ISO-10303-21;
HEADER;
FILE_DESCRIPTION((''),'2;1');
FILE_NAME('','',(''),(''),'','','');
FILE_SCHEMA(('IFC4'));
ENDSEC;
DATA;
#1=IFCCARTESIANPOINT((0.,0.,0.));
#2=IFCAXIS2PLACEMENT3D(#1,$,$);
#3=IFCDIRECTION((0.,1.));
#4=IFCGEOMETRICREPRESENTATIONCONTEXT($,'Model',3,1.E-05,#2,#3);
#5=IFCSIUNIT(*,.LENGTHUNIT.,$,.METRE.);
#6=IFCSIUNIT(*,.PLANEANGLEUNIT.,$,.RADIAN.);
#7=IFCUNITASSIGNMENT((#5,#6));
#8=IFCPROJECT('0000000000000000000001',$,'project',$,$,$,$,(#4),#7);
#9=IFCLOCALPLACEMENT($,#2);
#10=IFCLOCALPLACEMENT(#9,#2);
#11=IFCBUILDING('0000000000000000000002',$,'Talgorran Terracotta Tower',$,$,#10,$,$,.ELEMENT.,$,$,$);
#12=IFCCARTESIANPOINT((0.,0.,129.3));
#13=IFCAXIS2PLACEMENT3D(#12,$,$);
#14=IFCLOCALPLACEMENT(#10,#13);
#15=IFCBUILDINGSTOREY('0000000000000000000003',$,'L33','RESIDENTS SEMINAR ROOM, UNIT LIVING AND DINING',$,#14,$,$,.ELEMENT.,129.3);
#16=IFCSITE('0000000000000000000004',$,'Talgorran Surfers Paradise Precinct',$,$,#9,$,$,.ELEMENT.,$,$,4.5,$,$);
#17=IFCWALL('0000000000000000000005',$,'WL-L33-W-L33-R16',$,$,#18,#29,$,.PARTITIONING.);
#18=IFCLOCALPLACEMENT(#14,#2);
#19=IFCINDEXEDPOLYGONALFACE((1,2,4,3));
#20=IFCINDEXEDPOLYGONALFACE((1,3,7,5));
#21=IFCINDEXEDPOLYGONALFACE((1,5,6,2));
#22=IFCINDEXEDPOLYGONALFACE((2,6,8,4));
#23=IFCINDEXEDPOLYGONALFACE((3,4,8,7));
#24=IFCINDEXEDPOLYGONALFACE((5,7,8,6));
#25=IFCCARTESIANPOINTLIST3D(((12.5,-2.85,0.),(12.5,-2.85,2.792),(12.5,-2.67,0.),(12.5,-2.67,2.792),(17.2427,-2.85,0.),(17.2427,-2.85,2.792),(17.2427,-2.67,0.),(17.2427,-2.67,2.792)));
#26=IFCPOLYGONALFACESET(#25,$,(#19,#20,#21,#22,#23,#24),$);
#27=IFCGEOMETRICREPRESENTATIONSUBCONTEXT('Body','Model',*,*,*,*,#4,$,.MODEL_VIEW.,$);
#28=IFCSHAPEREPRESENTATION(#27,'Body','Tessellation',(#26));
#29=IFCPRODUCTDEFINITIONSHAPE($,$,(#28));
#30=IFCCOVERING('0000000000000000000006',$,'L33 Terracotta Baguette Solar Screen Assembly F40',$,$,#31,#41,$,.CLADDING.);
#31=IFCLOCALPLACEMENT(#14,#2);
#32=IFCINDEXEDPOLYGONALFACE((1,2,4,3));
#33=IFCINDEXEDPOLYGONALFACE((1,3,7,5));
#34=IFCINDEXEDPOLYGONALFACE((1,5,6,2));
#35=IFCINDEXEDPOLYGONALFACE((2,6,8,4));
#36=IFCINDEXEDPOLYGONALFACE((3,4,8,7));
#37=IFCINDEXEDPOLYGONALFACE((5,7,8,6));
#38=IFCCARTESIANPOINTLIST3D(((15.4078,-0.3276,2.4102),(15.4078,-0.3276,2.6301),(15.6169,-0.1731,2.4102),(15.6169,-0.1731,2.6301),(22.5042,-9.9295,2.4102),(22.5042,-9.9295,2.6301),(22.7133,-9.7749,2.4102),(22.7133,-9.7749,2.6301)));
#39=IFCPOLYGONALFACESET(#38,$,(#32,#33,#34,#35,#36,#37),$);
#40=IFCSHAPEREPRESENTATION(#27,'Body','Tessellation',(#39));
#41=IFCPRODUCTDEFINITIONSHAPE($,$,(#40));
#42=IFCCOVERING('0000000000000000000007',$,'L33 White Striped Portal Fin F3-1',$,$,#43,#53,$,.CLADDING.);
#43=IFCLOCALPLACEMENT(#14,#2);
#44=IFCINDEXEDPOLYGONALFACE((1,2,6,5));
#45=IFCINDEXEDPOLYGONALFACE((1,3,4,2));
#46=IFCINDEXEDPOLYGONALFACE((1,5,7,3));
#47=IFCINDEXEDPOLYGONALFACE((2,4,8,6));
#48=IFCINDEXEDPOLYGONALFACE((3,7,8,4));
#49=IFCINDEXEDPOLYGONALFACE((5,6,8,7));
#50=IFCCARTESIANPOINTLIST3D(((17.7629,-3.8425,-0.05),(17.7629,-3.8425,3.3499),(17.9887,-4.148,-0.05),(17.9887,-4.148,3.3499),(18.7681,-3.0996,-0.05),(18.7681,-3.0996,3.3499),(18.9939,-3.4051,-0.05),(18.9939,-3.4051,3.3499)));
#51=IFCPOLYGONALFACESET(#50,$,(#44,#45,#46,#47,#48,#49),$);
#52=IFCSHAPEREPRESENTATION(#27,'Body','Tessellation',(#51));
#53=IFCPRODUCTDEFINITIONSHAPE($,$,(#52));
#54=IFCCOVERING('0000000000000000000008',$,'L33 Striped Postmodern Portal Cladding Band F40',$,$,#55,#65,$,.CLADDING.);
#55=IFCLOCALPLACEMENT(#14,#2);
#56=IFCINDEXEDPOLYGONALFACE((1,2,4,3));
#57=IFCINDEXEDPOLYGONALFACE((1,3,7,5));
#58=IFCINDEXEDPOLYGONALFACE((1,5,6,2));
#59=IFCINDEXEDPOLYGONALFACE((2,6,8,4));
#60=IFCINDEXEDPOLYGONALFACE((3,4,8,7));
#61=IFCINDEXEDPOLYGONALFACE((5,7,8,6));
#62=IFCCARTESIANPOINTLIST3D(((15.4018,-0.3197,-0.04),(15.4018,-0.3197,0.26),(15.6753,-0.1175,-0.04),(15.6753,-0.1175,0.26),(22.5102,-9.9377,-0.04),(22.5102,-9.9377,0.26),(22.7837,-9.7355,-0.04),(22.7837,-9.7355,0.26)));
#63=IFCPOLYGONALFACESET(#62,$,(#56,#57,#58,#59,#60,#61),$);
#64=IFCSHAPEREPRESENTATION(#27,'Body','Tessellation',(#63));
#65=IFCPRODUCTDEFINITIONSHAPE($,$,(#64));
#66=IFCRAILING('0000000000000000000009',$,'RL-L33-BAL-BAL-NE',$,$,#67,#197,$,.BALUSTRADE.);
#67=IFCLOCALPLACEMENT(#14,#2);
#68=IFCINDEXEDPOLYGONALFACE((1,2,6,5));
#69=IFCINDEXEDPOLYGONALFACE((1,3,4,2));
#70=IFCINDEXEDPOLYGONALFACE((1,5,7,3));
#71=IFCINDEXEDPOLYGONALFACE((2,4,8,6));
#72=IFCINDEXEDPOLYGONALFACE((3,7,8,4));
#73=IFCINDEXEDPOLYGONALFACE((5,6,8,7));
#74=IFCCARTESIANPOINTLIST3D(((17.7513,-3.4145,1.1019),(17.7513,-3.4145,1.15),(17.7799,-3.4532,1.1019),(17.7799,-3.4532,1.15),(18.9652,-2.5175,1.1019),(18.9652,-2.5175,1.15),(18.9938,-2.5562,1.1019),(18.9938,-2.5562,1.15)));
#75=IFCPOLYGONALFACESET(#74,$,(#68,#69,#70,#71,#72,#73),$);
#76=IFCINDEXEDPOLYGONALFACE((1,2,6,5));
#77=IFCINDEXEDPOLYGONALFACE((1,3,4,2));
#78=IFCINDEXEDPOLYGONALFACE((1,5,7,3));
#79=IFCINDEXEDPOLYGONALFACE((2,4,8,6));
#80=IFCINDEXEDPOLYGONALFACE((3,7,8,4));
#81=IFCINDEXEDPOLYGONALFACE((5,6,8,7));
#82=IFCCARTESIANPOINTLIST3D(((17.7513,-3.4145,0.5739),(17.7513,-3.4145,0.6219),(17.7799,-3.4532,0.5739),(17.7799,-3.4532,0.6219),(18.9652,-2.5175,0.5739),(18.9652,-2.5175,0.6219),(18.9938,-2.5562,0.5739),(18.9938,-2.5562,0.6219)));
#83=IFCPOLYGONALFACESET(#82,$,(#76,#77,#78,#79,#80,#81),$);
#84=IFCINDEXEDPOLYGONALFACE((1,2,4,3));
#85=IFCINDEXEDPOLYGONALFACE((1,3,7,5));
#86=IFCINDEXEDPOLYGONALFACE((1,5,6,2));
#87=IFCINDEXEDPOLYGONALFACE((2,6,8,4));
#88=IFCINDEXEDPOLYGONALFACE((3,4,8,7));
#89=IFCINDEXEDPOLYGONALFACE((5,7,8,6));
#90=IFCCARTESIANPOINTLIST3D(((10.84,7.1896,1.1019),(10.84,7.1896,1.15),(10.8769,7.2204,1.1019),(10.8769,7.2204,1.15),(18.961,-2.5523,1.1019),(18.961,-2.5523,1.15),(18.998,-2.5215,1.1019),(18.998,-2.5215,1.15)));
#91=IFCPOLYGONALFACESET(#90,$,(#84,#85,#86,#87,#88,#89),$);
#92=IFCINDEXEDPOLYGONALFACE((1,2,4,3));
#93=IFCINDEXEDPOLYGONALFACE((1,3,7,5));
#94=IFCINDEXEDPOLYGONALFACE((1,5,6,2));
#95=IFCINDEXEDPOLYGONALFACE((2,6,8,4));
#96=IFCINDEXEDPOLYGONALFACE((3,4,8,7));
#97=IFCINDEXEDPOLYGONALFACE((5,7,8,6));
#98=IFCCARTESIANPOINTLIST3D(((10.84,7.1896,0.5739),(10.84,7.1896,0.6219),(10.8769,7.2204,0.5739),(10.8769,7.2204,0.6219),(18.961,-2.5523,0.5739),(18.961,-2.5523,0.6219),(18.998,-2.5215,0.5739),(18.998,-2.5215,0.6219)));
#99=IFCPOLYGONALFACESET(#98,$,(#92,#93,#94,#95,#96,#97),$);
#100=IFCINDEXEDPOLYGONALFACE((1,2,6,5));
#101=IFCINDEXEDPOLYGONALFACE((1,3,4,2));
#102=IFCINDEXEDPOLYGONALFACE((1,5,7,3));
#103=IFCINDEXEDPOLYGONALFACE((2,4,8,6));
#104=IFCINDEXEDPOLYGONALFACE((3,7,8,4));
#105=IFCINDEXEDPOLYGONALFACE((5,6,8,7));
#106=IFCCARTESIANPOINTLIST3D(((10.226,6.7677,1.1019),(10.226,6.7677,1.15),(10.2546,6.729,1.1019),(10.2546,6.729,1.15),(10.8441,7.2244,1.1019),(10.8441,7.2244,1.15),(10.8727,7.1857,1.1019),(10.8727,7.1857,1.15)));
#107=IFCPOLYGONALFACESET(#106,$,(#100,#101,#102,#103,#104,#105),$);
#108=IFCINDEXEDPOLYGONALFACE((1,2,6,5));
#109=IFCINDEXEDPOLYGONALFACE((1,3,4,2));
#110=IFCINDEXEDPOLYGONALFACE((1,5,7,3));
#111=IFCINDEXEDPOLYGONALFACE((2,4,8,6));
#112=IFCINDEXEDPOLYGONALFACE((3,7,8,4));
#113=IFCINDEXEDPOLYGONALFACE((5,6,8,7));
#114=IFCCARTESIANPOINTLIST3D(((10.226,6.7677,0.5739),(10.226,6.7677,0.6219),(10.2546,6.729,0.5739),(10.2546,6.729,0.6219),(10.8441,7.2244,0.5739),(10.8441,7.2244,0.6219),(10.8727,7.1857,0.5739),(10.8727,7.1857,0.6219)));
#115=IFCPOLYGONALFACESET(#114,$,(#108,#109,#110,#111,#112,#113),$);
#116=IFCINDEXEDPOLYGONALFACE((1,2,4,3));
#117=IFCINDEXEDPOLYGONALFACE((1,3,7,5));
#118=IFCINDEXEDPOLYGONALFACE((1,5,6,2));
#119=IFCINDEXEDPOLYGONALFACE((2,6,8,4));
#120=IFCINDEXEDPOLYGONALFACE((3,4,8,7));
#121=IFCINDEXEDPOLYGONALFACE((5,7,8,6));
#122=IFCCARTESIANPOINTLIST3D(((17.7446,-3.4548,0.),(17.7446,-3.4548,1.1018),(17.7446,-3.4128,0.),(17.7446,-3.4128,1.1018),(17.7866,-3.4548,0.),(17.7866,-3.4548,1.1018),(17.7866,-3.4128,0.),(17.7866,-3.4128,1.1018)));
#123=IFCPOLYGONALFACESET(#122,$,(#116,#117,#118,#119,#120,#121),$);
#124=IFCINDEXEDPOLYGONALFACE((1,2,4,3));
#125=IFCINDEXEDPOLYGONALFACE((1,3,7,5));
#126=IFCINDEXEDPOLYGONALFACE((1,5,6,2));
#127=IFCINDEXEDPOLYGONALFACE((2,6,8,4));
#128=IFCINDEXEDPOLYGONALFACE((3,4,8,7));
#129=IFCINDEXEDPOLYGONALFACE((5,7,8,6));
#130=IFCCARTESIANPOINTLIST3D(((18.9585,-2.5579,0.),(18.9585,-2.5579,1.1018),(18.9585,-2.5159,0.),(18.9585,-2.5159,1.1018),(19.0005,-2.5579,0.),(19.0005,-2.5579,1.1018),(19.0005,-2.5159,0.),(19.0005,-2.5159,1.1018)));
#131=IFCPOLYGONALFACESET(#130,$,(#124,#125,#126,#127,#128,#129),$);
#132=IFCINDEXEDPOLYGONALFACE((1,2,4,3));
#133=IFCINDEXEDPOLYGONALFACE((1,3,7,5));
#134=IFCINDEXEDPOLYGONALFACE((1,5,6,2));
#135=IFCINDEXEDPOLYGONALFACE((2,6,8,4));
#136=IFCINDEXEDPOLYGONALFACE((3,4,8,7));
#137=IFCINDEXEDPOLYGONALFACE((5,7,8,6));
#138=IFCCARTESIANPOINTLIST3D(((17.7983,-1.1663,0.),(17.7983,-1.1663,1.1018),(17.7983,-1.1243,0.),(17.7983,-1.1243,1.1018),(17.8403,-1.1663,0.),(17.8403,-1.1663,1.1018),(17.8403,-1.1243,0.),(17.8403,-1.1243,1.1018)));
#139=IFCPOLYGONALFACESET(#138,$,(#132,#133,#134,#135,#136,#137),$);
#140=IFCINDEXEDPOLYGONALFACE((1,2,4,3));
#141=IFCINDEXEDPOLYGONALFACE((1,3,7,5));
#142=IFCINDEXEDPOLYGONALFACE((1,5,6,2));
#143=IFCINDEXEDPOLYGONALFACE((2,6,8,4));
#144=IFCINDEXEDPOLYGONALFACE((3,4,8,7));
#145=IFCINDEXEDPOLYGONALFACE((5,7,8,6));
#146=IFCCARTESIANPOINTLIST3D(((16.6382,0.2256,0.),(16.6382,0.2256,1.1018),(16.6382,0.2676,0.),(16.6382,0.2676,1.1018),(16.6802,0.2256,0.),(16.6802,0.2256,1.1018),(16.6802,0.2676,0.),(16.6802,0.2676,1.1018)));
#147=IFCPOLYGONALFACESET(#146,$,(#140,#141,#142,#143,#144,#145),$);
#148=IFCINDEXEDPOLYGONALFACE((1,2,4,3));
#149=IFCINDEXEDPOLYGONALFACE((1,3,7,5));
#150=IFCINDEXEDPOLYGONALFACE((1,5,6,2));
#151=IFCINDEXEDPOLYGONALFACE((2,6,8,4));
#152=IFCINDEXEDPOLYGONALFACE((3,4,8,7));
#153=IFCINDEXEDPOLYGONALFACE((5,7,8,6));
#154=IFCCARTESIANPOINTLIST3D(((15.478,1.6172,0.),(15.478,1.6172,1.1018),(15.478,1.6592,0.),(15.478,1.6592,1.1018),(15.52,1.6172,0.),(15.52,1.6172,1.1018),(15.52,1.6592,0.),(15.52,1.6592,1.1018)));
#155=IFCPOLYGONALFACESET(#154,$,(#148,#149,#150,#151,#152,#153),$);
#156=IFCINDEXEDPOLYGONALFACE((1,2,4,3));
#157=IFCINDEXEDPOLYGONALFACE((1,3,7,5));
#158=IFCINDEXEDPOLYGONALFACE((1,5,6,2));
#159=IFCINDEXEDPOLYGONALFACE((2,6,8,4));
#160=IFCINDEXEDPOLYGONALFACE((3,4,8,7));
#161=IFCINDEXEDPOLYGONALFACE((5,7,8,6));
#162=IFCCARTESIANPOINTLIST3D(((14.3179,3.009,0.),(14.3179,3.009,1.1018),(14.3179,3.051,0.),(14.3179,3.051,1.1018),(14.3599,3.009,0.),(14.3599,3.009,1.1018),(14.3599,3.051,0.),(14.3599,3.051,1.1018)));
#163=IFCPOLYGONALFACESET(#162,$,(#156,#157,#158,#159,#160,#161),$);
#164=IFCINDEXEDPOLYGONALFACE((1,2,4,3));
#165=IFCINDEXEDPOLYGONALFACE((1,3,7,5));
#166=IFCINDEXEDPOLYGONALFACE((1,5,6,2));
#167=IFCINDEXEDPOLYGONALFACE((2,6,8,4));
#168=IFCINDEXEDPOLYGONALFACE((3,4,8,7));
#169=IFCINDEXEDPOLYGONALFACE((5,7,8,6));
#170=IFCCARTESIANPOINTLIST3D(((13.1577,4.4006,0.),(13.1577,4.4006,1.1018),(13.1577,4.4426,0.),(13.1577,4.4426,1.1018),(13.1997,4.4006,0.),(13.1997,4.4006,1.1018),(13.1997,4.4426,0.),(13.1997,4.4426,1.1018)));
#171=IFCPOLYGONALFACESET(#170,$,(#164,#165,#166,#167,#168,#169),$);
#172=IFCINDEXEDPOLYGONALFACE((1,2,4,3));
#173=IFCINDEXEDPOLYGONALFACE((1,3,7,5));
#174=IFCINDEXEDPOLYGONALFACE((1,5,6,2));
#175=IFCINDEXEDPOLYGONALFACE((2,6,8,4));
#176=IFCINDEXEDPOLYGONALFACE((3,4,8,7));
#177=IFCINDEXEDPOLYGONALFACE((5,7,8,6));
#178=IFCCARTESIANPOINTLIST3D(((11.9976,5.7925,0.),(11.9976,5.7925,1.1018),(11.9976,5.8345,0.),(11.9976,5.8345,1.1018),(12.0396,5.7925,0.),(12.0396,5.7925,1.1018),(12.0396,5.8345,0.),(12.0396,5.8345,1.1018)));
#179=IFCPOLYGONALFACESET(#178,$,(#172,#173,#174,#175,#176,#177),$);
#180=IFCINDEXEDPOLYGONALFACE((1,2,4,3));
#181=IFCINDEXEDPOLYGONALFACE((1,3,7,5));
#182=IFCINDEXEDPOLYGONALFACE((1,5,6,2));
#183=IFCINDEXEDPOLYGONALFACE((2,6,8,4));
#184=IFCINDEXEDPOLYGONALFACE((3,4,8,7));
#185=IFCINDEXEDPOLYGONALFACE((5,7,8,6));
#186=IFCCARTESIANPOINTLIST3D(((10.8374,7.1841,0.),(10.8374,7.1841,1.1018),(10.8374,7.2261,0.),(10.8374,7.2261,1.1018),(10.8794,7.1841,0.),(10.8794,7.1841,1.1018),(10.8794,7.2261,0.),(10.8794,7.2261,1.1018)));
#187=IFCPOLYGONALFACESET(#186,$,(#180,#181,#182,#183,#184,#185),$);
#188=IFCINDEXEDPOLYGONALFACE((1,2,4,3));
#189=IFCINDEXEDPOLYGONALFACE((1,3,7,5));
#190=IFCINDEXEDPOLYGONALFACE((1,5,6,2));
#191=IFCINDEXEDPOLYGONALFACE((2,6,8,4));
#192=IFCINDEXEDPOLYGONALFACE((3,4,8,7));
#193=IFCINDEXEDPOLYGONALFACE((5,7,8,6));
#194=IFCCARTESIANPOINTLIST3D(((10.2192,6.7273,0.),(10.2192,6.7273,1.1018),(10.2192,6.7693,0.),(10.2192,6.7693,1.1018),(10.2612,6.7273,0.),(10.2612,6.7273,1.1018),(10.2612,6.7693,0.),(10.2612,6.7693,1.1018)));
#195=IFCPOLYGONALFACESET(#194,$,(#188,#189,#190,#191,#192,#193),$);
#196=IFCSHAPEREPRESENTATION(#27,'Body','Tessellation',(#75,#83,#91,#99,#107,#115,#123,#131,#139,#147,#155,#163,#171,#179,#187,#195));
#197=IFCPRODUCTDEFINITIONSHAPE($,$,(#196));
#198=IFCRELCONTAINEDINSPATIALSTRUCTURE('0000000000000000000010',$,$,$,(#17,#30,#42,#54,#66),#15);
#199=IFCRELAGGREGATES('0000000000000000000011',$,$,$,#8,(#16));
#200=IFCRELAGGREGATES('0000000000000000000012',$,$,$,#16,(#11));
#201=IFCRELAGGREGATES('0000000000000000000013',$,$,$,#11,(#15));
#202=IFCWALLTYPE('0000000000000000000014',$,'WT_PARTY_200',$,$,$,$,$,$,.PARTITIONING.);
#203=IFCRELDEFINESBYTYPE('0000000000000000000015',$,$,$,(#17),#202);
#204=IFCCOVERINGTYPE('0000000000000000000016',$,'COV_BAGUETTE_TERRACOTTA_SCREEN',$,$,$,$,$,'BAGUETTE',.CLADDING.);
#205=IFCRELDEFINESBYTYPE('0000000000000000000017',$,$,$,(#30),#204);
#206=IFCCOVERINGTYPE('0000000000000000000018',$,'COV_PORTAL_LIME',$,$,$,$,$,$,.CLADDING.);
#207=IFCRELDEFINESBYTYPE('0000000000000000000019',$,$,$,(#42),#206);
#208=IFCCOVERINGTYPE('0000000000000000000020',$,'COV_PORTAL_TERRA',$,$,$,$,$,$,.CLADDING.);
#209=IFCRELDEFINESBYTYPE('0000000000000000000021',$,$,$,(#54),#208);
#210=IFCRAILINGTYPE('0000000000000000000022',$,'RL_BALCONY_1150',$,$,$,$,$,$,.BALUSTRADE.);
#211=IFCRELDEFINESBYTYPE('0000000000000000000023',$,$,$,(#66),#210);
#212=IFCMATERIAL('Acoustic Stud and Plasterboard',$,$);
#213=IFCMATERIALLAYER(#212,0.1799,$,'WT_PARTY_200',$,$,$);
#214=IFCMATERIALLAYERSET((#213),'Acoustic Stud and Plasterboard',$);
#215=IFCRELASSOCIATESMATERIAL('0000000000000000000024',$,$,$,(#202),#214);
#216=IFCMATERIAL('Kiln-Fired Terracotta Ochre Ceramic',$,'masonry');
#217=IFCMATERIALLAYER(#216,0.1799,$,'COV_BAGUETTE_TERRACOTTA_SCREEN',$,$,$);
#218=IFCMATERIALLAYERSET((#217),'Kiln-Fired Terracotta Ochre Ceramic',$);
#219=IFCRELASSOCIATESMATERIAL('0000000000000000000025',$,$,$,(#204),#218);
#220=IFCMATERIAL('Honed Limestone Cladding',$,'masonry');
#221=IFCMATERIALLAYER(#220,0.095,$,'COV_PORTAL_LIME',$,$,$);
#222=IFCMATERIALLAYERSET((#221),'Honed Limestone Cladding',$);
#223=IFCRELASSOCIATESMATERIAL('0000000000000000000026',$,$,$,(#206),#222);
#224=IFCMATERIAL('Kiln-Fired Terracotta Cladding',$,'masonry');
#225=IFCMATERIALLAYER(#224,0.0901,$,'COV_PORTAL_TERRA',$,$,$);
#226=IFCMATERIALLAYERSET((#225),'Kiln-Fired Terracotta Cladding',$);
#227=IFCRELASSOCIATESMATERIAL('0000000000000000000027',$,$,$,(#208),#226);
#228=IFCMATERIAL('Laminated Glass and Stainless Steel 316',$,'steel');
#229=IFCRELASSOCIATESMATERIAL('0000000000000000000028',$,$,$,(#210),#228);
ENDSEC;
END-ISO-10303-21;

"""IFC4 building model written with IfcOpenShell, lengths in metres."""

from ifc_helpers import new_model, si_unit, direction, frame, frame_2d, origin, origin_2d, place, context, subcontext, project, spatial, rectangle, extrude, material, layer, layer_set, type_object, element, save


model = new_model("IFC4")

# Units and contexts
model_context = context("Model", 3, precision=1e-05, world=origin(), true_north=direction((0.0, 1.0)))
body_context = subcontext(model_context, "Body", "Model", "MODEL_VIEW")
ifc_project = project(units=[si_unit("LENGTHUNIT", "METRE"), si_unit("PLANEANGLEUNIT", "RADIAN")], contexts=[model_context])

# Site, building, storey
site_placement = place(None, origin())
site = spatial("IfcSite", under=ifc_project, at=site_placement, Name="Talgorran Surfers Paradise Precinct", CompositionType="ELEMENT", RefElevation=4.5)
building_placement = place(site_placement, origin())
building = spatial("IfcBuilding", under=site, at=building_placement, Name="Talgorran Terracotta Tower", CompositionType="ELEMENT")
storey_placement = place(building_placement, frame((0.0, 0.0, 129.3)))
storey = spatial("IfcBuildingStorey", under=building, at=storey_placement, Name="L33", Description="RESIDENTS SEMINAR ROOM, UNIT LIVING AND DINING", CompositionType="ELEMENT", Elevation=129.3)

# Wall
ifc_material_1 = material(Name="Acoustic Stud and Plasterboard")
ifc_layer_1 = layer(ifc_material_1, 0.1799, Name="WT_PARTY_200")
ifc_layer_set_1 = layer_set([ifc_layer_1], Name="Acoustic Stud and Plasterboard")
wall_type_1 = type_object("IfcWallType", Name="WT_PARTY_200", PredefinedType="PARTITIONING", material=ifc_layer_set_1)
wall_1_placement = place(storey_placement, frame((12.5, -2.76, 0.0), z_axis=(0.0, 0.0, 1.0), x_axis=(1.0, 0.0, 0.0)))
element("IfcWall", 1, at=wall_1_placement, inside=storey, type_object=wall_type_1, Name="WL-L33-W-L33-R16", PredefinedType="PARTITIONING", context=body_context, shape_type="SweptSolid", body=[
    extrude(rectangle(XDim=4.7427, YDim=0.1799, at=frame_2d((2.3713, 0.0))), origin(), (0.0, 0.0, 1.0), 2.792),
])

# Coverings
ifc_material_2 = material(Name="Kiln-Fired Terracotta Ochre Ceramic", Category="masonry")
ifc_layer_2 = layer(ifc_material_2, 0.1799, Name="COV_BAGUETTE_TERRACOTTA_SCREEN")
ifc_layer_set_2 = layer_set([ifc_layer_2], Name="Kiln-Fired Terracotta Ochre Ceramic")
covering_type_1 = type_object("IfcCoveringType", Name="COV_BAGUETTE_TERRACOTTA_SCREEN", ElementType="BAGUETTE", PredefinedType="CLADDING", material=ifc_layer_set_2)
covering_1_placement = place(storey_placement, frame((19.0605, -5.0513, 2.4102), z_axis=(0.0, 0.0, 1.0), x_axis=(-0.59436, 0.804199, 0.0)))
element("IfcCovering", 2, at=covering_1_placement, inside=storey, type_object=covering_type_1, Name="L33 Terracotta Baguette Solar Screen Assembly F40", PredefinedType="CLADDING", context=body_context, shape_type="SweptSolid", body=[
    extrude(rectangle(XDim=11.9397, YDim=0.26, at=origin_2d()), origin(), (0.0, 0.0, 1.0), 0.22),
])
ifc_material_3 = material(Name="Honed Limestone Cladding", Category="masonry")
ifc_layer_3 = layer(ifc_material_3, 0.095, Name="COV_PORTAL_LIME")
ifc_layer_set_3 = layer_set([ifc_layer_3], Name="Honed Limestone Cladding")
covering_type_2 = type_object("IfcCoveringType", Name="COV_PORTAL_LIME", PredefinedType="CLADDING", material=ifc_layer_set_3)
covering_2_placement = place(storey_placement, frame((18.3784, -3.6238, -0.05), z_axis=(0.0, 0.0, 1.0), x_axis=(-0.59436, 0.804199, 0.0)))
element("IfcCovering", 3, at=covering_2_placement, inside=storey, type_object=covering_type_2, Name="L33 White Striped Portal Fin F3-1", PredefinedType="CLADDING", context=body_context, shape_type="SweptSolid", body=[
    extrude(rectangle(XDim=0.3799, YDim=1.25, at=origin_2d()), origin(), (0.0, 0.0, 1.0), 3.3999),
])
ifc_material_4 = material(Name="Kiln-Fired Terracotta Cladding", Category="masonry")
ifc_layer_4 = layer(ifc_material_4, 0.0901, Name="COV_PORTAL_TERRA")
ifc_layer_set_4 = layer_set([ifc_layer_4], Name="Kiln-Fired Terracotta Cladding")
covering_type_3 = type_object("IfcCoveringType", Name="COV_PORTAL_TERRA", PredefinedType="CLADDING", material=ifc_layer_set_4)
covering_3_placement = place(storey_placement, frame((19.0928, -5.0276, -0.04), z_axis=(0.0, 0.0, 1.0), x_axis=(-0.59436, 0.804199, 0.0)))
element("IfcCovering", 4, at=covering_3_placement, inside=storey, type_object=covering_type_3, Name="L33 Striped Postmodern Portal Cladding Band F40", PredefinedType="CLADDING", context=body_context, shape_type="SweptSolid", body=[
    extrude(rectangle(XDim=11.9597, YDim=0.3401, at=origin_2d()), origin(), (0.0, 0.0, 1.0), 0.3),
])

# Railing
ifc_material_5 = material(Name="Laminated Glass and Stainless Steel 316", Category="steel")
railing_type = type_object("IfcRailingType", Name="RL_BALCONY_1150", PredefinedType="BALUSTRADE", material=ifc_material_5)
railing_placement = place(storey_placement, frame((17.7656, -3.4338, 0.0)))
element("IfcRailing", 5, at=railing_placement, inside=storey, type_object=railing_type, Name="RL-L33-BAL-BAL-NE", PredefinedType="BALUSTRADE", context=body_context, shape_type="SweptSolid", body=[
    extrude(rectangle(XDim=0.0481, YDim=0.0481, at=origin_2d()), frame((0.0, 0.0, 1.126), z_axis=(0.80425, 0.594291, 0.0), x_axis=(-0.594291, 0.80425, 0.0)), (0.0, 0.0, 1.0), 1.5093),
    extrude(rectangle(XDim=0.0481, YDim=0.0481, at=origin_2d()), frame((0.0, 0.0, 0.5979), z_axis=(0.80425, 0.594291, 0.0), x_axis=(-0.594291, 0.80425, 0.0)), (0.0, 0.0, 1.0), 1.5093),
    extrude(rectangle(XDim=0.0481, YDim=0.0481, at=origin_2d()), frame((1.2139, 0.897, 1.126), z_axis=(-0.640315, 0.768112, 0.0), x_axis=(-0.768112, -0.640315, 0.0)), (0.0, 0.0, 1.0), 12.6829),
    extrude(rectangle(XDim=0.0481, YDim=0.0481, at=origin_2d()), frame((1.2139, 0.897, 0.5979), z_axis=(-0.640315, 0.768112, 0.0), x_axis=(-0.768112, -0.640315, 0.0)), (0.0, 0.0, 1.0), 12.6829),
    extrude(rectangle(XDim=0.0481, YDim=0.0481, at=origin_2d()), frame((-6.9072, 10.6389, 1.126), z_axis=(-0.804249, -0.594293, 0.0), x_axis=(0.594293, -0.804249, 0.0)), (0.0, 0.0, 1.0), 0.7686),
    extrude(rectangle(XDim=0.0481, YDim=0.0481, at=origin_2d()), frame((-6.9072, 10.6389, 0.5979), z_axis=(-0.804249, -0.594293, 0.0), x_axis=(0.594293, -0.804249, 0.0)), (0.0, 0.0, 1.0), 0.7686),
    extrude(rectangle(XDim=0.042, YDim=0.042, at=origin_2d()), origin(), (0.0, 0.0, 1.0), 1.1018),
    extrude(rectangle(XDim=0.042, YDim=0.042, at=origin_2d()), frame((1.2139, 0.897, 0.0)), (0.0, 0.0, 1.0), 1.1018),
    extrude(rectangle(XDim=0.042, YDim=0.042, at=origin_2d()), frame((0.0537, 2.2886, 0.0)), (0.0, 0.0, 1.0), 1.1018),
    extrude(rectangle(XDim=0.042, YDim=0.042, at=origin_2d()), frame((-1.1064, 3.6804, 0.0)), (0.0, 0.0, 1.0), 1.1018),
    extrude(rectangle(XDim=0.042, YDim=0.042, at=origin_2d()), frame((-2.2666, 5.072, 0.0)), (0.0, 0.0, 1.0), 1.1018),
    extrude(rectangle(XDim=0.042, YDim=0.042, at=origin_2d()), frame((-3.4268, 6.4639, 0.0)), (0.0, 0.0, 1.0), 1.1018),
    extrude(rectangle(XDim=0.042, YDim=0.042, at=origin_2d()), frame((-4.5869, 7.8555, 0.0)), (0.0, 0.0, 1.0), 1.1018),
    extrude(rectangle(XDim=0.042, YDim=0.042, at=origin_2d()), frame((-5.7471, 9.2473, 0.0)), (0.0, 0.0, 1.0), 1.1018),
    extrude(rectangle(XDim=0.042, YDim=0.042, at=origin_2d()), frame((-6.9072, 10.6389, 0.0)), (0.0, 0.0, 1.0), 1.1018),
    extrude(rectangle(XDim=0.042, YDim=0.042, at=origin_2d()), frame((-7.5254, 10.1821, 0.0)), (0.0, 0.0, 1.0), 1.1018),
])

save(model, "model.ifc")
